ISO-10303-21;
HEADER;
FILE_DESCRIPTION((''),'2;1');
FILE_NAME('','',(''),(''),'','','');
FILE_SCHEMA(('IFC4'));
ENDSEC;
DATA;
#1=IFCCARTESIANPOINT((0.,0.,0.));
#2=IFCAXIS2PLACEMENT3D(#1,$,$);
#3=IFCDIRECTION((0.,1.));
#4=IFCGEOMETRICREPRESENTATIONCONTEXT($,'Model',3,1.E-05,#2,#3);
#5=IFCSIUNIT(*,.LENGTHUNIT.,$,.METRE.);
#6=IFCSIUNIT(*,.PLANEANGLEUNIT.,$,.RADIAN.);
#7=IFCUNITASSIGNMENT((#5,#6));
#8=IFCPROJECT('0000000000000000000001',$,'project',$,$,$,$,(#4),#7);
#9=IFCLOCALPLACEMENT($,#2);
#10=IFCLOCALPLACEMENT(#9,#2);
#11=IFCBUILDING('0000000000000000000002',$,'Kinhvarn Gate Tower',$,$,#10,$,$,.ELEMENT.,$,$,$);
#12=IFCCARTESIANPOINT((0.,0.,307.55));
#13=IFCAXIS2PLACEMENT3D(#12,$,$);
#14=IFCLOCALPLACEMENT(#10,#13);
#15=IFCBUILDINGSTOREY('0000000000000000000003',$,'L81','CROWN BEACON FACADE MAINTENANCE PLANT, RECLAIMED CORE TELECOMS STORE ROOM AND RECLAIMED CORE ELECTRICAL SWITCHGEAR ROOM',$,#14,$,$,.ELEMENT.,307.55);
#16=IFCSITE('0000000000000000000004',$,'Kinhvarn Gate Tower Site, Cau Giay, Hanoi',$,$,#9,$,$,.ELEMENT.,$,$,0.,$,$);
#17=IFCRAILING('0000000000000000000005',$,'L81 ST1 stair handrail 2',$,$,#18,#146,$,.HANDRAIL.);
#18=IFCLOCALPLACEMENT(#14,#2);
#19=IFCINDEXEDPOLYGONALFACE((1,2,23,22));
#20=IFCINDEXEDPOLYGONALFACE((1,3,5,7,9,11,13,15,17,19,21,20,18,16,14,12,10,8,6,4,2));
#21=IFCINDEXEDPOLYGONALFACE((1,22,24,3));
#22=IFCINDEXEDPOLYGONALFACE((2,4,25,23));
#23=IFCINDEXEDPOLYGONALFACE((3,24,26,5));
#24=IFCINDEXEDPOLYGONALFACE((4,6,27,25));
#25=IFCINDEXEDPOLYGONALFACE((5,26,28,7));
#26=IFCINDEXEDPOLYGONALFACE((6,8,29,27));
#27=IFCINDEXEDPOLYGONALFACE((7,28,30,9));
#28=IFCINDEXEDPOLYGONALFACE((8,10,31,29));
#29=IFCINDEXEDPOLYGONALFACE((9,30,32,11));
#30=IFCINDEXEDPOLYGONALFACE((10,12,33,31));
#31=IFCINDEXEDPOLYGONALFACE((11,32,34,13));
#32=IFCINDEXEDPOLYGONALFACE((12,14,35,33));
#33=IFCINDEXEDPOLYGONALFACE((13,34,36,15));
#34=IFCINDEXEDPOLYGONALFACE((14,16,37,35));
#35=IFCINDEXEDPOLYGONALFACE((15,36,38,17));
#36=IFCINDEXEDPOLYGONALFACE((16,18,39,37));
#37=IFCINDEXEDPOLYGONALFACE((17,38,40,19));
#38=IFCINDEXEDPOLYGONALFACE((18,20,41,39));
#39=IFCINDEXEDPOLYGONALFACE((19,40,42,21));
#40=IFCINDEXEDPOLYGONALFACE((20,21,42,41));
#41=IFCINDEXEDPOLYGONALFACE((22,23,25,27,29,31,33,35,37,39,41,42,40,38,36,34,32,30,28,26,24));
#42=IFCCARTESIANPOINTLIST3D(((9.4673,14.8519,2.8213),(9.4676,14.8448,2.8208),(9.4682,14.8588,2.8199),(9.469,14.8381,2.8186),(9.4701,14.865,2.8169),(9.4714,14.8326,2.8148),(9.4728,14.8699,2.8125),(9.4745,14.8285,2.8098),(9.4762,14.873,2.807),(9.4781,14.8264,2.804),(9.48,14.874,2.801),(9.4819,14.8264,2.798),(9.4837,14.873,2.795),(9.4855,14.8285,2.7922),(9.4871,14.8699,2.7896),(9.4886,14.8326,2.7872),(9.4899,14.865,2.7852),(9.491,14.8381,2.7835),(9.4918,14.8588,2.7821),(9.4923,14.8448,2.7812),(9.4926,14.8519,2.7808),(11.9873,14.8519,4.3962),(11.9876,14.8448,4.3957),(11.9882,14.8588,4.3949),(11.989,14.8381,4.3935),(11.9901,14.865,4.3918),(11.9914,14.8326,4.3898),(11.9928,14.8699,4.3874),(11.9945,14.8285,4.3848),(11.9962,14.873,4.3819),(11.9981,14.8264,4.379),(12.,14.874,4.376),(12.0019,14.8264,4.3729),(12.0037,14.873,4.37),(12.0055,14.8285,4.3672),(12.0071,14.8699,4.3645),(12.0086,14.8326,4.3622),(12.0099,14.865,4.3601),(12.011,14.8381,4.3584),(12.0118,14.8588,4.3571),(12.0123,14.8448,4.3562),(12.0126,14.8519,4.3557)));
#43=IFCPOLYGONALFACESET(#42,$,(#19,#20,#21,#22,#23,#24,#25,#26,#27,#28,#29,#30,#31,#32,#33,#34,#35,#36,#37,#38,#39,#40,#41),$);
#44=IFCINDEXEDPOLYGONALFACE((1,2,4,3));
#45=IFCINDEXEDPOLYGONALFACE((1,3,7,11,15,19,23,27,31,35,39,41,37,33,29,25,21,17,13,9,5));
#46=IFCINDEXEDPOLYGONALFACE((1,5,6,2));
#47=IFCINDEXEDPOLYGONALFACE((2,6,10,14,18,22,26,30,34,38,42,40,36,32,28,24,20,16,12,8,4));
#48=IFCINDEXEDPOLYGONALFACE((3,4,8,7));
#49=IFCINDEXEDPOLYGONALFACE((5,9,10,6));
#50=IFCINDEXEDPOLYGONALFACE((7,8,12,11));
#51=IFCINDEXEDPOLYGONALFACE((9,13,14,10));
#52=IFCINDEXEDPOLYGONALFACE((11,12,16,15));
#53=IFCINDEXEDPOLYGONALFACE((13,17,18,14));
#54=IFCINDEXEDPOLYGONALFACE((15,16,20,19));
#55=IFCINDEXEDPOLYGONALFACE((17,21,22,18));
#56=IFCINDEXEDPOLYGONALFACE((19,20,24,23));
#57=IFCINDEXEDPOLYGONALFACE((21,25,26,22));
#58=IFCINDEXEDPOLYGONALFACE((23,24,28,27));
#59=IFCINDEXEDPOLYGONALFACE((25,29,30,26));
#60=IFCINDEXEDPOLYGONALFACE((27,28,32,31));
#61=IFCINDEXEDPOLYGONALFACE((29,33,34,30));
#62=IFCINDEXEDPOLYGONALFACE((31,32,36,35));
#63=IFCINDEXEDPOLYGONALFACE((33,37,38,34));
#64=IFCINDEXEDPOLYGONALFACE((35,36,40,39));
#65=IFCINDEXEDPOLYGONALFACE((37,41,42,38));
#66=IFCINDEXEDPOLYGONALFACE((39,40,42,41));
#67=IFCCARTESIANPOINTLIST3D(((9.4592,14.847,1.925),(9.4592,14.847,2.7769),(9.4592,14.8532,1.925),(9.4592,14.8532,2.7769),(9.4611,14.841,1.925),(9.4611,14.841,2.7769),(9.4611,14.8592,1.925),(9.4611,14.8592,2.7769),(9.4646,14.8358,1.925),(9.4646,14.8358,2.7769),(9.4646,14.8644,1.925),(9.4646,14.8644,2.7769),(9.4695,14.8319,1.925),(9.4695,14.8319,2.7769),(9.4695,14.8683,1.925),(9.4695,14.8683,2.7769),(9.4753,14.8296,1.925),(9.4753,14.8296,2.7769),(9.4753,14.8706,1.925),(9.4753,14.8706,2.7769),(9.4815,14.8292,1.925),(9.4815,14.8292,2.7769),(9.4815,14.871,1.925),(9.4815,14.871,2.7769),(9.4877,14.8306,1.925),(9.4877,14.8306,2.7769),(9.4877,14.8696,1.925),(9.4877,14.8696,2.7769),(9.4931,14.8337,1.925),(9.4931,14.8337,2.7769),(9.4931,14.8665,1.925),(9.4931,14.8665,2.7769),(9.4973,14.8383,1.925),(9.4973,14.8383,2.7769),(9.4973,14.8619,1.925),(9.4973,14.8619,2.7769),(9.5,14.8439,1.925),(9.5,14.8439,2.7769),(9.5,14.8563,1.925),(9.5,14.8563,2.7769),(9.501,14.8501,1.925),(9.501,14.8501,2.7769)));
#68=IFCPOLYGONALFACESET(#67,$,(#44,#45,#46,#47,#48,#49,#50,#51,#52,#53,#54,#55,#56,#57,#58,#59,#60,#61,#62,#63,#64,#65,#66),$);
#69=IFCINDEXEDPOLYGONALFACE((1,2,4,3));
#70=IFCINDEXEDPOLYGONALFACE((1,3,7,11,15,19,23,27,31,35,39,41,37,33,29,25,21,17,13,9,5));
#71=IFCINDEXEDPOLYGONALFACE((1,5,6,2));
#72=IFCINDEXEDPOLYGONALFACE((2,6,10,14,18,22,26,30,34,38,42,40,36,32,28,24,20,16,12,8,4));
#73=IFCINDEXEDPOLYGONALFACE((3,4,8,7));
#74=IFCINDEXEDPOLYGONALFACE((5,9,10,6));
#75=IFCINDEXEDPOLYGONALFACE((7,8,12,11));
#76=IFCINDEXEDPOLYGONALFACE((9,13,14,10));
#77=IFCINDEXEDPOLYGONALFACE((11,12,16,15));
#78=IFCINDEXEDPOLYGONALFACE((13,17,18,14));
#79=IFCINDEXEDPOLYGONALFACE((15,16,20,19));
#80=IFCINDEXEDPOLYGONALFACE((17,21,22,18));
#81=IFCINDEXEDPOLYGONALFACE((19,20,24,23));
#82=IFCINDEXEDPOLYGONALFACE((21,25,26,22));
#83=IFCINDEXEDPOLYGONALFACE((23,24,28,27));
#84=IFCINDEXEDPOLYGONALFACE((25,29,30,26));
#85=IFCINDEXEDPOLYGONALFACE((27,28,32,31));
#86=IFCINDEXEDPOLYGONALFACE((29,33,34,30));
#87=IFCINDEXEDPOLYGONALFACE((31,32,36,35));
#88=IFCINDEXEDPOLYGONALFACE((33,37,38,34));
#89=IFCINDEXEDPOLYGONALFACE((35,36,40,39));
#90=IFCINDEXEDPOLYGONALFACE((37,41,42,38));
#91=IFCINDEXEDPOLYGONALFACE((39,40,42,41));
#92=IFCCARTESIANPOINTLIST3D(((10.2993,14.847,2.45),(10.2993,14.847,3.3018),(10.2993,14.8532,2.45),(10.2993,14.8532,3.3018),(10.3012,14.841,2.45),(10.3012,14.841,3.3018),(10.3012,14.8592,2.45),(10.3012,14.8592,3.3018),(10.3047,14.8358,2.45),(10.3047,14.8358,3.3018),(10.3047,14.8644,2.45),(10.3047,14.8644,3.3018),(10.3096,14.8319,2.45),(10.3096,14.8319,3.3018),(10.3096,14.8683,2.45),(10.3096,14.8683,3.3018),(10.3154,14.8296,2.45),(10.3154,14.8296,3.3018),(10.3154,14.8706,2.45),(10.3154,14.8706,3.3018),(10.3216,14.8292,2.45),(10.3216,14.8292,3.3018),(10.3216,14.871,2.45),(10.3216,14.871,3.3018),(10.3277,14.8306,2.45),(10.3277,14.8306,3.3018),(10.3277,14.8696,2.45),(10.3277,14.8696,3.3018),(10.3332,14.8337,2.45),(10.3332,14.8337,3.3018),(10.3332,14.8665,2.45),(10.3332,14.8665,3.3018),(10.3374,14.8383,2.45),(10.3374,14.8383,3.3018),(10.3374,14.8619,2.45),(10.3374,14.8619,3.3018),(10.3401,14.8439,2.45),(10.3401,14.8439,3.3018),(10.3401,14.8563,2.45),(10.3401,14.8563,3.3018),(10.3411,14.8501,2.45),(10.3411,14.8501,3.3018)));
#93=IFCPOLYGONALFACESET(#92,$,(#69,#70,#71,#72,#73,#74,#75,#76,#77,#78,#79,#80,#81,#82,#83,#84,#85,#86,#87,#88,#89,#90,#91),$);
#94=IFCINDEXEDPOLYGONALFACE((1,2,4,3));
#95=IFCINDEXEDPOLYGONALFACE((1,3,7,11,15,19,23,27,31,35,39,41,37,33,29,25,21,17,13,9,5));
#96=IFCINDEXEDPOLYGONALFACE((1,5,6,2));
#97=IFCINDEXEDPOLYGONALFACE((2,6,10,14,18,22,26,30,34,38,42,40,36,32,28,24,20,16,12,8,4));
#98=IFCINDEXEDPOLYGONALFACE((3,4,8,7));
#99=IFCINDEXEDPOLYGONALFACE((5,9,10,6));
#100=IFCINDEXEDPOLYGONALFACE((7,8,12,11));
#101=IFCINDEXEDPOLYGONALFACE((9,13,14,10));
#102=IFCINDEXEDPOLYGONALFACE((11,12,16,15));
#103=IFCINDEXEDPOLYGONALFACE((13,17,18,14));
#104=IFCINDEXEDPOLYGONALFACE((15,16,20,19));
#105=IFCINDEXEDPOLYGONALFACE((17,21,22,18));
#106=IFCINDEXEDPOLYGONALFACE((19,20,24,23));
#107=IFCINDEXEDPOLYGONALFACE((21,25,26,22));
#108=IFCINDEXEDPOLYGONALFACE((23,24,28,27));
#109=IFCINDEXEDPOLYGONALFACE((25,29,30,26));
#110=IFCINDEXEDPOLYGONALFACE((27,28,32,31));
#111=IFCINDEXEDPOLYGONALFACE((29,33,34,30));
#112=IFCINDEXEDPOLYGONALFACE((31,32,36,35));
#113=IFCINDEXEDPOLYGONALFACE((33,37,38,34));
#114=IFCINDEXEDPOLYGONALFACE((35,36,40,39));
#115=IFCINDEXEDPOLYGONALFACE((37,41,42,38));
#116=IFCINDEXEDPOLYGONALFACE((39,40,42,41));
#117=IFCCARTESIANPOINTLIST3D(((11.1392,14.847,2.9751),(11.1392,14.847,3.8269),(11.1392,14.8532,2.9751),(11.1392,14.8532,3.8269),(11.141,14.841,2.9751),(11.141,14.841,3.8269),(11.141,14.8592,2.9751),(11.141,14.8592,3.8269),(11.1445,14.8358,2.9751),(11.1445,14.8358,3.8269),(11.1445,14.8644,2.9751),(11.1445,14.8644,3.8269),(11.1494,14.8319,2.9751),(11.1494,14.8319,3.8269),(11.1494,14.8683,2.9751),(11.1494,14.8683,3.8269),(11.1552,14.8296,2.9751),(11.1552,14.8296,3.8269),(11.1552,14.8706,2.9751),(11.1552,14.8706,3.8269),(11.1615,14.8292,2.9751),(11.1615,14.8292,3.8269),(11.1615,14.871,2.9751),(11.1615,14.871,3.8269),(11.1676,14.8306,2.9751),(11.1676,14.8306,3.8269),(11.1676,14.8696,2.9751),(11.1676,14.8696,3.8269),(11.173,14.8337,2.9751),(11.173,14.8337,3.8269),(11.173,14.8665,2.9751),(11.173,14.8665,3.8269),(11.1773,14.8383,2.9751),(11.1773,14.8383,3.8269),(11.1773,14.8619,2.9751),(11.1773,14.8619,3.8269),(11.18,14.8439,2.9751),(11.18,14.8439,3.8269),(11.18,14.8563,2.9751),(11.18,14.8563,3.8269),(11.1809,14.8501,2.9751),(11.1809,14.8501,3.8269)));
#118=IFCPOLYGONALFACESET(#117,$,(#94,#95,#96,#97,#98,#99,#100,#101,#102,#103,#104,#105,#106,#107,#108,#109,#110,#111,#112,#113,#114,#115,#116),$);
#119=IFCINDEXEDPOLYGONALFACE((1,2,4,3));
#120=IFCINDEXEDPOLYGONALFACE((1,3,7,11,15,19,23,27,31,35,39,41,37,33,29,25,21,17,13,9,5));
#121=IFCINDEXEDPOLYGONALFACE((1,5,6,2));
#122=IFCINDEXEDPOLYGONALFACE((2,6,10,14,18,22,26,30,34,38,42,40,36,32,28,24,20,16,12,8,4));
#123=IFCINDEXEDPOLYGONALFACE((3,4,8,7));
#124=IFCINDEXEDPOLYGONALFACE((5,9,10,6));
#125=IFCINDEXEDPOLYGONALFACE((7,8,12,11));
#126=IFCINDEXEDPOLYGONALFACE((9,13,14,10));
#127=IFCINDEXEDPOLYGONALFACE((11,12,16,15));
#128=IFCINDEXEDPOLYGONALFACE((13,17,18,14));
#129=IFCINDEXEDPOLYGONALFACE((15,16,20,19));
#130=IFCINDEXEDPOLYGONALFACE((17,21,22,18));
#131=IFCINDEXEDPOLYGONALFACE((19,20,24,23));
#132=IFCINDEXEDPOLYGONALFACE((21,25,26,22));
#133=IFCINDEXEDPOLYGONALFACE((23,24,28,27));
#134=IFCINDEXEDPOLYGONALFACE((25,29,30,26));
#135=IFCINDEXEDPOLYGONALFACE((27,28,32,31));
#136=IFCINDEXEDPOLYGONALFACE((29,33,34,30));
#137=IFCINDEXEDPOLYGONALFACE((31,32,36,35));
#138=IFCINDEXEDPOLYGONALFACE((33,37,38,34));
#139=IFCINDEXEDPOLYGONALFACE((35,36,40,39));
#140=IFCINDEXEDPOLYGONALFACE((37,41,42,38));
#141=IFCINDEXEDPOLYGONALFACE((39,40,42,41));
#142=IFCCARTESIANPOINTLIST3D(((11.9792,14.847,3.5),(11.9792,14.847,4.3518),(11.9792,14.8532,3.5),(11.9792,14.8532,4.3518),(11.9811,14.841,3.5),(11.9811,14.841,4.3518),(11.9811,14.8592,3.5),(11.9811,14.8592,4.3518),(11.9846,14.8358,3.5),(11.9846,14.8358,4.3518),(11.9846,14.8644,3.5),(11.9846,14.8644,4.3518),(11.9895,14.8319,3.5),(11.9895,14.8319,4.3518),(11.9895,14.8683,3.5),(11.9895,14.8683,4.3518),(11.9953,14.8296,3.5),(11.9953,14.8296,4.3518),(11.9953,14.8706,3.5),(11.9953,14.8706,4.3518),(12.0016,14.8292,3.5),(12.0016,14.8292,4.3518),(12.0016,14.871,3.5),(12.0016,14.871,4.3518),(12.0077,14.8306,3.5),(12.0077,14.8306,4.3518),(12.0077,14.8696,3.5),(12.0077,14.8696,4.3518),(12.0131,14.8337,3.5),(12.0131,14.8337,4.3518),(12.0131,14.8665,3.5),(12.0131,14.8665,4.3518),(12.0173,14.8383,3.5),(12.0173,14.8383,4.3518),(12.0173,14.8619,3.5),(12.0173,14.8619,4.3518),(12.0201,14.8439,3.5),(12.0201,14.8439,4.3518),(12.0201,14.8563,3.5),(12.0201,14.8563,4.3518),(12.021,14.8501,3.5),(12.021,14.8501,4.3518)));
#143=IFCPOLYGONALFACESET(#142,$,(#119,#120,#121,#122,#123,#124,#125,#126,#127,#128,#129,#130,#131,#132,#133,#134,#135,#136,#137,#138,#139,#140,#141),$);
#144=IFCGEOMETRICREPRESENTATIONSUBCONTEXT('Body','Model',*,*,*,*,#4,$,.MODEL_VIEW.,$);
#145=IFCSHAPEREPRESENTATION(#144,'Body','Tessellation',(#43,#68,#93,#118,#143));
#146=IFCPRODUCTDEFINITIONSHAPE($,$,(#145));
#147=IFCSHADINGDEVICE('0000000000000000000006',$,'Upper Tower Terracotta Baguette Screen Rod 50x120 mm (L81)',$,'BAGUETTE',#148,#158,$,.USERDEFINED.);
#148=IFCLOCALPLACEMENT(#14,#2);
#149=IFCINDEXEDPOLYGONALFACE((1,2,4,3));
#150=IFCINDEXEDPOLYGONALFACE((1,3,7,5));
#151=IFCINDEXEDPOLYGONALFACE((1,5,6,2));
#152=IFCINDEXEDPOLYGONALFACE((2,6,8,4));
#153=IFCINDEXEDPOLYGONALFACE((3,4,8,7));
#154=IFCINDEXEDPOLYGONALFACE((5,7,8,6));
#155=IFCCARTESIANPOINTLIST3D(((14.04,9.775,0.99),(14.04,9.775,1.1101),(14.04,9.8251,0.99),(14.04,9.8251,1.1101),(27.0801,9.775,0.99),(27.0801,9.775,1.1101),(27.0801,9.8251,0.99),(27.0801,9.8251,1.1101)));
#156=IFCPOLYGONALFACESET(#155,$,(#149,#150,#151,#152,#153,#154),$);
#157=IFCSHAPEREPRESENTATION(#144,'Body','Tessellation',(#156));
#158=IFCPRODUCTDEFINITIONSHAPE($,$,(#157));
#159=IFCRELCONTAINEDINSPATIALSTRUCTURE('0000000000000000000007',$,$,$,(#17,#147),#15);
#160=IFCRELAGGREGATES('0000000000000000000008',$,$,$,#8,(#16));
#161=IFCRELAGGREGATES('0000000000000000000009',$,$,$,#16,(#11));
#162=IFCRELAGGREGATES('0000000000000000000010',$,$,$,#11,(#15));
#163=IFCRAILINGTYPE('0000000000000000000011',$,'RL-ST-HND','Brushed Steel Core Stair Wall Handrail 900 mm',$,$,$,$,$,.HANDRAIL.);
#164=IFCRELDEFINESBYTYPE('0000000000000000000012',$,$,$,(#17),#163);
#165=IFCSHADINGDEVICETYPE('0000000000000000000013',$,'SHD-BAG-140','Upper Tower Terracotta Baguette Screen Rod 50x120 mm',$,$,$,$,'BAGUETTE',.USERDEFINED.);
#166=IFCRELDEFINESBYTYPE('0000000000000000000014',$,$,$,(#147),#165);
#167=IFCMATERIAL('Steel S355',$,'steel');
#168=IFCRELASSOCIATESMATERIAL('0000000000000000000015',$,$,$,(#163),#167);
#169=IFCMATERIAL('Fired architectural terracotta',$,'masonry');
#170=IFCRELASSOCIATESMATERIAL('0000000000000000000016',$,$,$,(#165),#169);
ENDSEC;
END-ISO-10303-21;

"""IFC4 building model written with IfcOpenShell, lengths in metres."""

from ifc_helpers import new_model, si_unit, direction, frame, origin, origin_2d, place, context, subcontext, project, spatial, rectangle, circle, extrude, material, material_profile, profile_set, type_object, element, save


model = new_model("IFC4")

# Units and contexts
model_context = context("Model", 3, precision=1e-05, world=origin(), true_north=direction((0.0, 1.0)))
body_context = subcontext(model_context, "Body", "Model", "MODEL_VIEW")
ifc_project = project(units=[si_unit("LENGTHUNIT", "METRE"), si_unit("PLANEANGLEUNIT", "RADIAN")], contexts=[model_context])

# Site, building, storey
site_placement = place(None, origin())
site = spatial("IfcSite", under=ifc_project, at=site_placement, Name="Kinhvarn Gate Tower Site, Cau Giay, Hanoi", CompositionType="ELEMENT", RefElevation=0.0)
building_placement = place(site_placement, origin())
building = spatial("IfcBuilding", under=site, at=building_placement, Name="Kinhvarn Gate Tower", CompositionType="ELEMENT")
storey_placement = place(building_placement, frame((0.0, 0.0, 307.55)))
storey = spatial("IfcBuildingStorey", under=building, at=storey_placement, Name="L81", Description="CROWN BEACON FACADE MAINTENANCE PLANT, RECLAIMED CORE TELECOMS STORE ROOM AND RECLAIMED CORE ELECTRICAL SWITCHGEAR ROOM", CompositionType="ELEMENT", Elevation=307.55)

# Shared definitions
ifc_material_1 = material(Name="Fired architectural terracotta", Category="masonry")

# Railing
ifc_material_2 = material(Name="Steel S355", Category="steel")
railing_type_1 = type_object("IfcRailingType", Name="RL-ST-HND", Description="Brushed Steel Core Stair Wall Handrail 900 mm", PredefinedType="HANDRAIL", material=ifc_material_2)
railing_1_placement = place(storey_placement, frame((9.48, 14.8501, 1.925)))
element("IfcRailing", 1, at=railing_1_placement, inside=storey, type_object=railing_type_1, Name="L81 ST1 stair handrail 2", PredefinedType="HANDRAIL", context=body_context, shape_type="SweptSolid", body=[
    extrude(circle(Radius=0.0239, at=origin_2d()), frame((0.0, 0.0, 0.876), z_axis=(0.848008, 0.0, 0.529984), x_axis=(0.0, 1.0, 0.0)), (0.0, 0.0, 1.0), 2.9717),
    extrude(circle(Radius=0.021, at=origin_2d()), origin(), (0.0, 0.0, 1.0), 0.8518),
    extrude(circle(Radius=0.021, at=origin_2d()), frame((0.8401, 0.0, 0.5249)), (0.0, 0.0, 1.0), 0.8518),
    extrude(circle(Radius=0.021, at=origin_2d()), frame((1.6799, 0.0, 1.05)), (0.0, 0.0, 1.0), 0.8518),
    extrude(circle(Radius=0.021, at=origin_2d()), frame((2.52, 0.0, 1.575)), (0.0, 0.0, 1.0), 0.8518),
])

# Shading device
ifc_material_profile_1 = material_profile(ifc_material_1, rectangle(XDim=0.05, YDim=0.1201, at=origin_2d()), Name="TC 50x120")
ifc_profile_set_1 = profile_set([ifc_material_profile_1], Name="Fired architectural terracotta")
shading_device_type = type_object("IfcShadingDeviceType", Name="SHD-BAG-140", Description="Upper Tower Terracotta Baguette Screen Rod 50x120 mm", ElementType="BAGUETTE", PredefinedType="USERDEFINED", material=ifc_profile_set_1)
shading_device_placement = place(storey_placement, frame((14.04, 9.8, 1.05), z_axis=(1.0, 0.0, 0.0), x_axis=(0.0, 1.0, 0.0)))
element("IfcShadingDevice", 2, at=shading_device_placement, inside=storey, type_object=shading_device_type, Name="Upper Tower Terracotta Baguette Screen Rod 50x120 mm (L81)", ObjectType="BAGUETTE", PredefinedType="USERDEFINED", context=body_context, shape_type="SweptSolid", body=[
    extrude(rectangle(XDim=0.05, YDim=0.1201, at=origin_2d()), origin(), (0.0, 0.0, 1.0), 13.04),
])

save(model, "model.ifc")
